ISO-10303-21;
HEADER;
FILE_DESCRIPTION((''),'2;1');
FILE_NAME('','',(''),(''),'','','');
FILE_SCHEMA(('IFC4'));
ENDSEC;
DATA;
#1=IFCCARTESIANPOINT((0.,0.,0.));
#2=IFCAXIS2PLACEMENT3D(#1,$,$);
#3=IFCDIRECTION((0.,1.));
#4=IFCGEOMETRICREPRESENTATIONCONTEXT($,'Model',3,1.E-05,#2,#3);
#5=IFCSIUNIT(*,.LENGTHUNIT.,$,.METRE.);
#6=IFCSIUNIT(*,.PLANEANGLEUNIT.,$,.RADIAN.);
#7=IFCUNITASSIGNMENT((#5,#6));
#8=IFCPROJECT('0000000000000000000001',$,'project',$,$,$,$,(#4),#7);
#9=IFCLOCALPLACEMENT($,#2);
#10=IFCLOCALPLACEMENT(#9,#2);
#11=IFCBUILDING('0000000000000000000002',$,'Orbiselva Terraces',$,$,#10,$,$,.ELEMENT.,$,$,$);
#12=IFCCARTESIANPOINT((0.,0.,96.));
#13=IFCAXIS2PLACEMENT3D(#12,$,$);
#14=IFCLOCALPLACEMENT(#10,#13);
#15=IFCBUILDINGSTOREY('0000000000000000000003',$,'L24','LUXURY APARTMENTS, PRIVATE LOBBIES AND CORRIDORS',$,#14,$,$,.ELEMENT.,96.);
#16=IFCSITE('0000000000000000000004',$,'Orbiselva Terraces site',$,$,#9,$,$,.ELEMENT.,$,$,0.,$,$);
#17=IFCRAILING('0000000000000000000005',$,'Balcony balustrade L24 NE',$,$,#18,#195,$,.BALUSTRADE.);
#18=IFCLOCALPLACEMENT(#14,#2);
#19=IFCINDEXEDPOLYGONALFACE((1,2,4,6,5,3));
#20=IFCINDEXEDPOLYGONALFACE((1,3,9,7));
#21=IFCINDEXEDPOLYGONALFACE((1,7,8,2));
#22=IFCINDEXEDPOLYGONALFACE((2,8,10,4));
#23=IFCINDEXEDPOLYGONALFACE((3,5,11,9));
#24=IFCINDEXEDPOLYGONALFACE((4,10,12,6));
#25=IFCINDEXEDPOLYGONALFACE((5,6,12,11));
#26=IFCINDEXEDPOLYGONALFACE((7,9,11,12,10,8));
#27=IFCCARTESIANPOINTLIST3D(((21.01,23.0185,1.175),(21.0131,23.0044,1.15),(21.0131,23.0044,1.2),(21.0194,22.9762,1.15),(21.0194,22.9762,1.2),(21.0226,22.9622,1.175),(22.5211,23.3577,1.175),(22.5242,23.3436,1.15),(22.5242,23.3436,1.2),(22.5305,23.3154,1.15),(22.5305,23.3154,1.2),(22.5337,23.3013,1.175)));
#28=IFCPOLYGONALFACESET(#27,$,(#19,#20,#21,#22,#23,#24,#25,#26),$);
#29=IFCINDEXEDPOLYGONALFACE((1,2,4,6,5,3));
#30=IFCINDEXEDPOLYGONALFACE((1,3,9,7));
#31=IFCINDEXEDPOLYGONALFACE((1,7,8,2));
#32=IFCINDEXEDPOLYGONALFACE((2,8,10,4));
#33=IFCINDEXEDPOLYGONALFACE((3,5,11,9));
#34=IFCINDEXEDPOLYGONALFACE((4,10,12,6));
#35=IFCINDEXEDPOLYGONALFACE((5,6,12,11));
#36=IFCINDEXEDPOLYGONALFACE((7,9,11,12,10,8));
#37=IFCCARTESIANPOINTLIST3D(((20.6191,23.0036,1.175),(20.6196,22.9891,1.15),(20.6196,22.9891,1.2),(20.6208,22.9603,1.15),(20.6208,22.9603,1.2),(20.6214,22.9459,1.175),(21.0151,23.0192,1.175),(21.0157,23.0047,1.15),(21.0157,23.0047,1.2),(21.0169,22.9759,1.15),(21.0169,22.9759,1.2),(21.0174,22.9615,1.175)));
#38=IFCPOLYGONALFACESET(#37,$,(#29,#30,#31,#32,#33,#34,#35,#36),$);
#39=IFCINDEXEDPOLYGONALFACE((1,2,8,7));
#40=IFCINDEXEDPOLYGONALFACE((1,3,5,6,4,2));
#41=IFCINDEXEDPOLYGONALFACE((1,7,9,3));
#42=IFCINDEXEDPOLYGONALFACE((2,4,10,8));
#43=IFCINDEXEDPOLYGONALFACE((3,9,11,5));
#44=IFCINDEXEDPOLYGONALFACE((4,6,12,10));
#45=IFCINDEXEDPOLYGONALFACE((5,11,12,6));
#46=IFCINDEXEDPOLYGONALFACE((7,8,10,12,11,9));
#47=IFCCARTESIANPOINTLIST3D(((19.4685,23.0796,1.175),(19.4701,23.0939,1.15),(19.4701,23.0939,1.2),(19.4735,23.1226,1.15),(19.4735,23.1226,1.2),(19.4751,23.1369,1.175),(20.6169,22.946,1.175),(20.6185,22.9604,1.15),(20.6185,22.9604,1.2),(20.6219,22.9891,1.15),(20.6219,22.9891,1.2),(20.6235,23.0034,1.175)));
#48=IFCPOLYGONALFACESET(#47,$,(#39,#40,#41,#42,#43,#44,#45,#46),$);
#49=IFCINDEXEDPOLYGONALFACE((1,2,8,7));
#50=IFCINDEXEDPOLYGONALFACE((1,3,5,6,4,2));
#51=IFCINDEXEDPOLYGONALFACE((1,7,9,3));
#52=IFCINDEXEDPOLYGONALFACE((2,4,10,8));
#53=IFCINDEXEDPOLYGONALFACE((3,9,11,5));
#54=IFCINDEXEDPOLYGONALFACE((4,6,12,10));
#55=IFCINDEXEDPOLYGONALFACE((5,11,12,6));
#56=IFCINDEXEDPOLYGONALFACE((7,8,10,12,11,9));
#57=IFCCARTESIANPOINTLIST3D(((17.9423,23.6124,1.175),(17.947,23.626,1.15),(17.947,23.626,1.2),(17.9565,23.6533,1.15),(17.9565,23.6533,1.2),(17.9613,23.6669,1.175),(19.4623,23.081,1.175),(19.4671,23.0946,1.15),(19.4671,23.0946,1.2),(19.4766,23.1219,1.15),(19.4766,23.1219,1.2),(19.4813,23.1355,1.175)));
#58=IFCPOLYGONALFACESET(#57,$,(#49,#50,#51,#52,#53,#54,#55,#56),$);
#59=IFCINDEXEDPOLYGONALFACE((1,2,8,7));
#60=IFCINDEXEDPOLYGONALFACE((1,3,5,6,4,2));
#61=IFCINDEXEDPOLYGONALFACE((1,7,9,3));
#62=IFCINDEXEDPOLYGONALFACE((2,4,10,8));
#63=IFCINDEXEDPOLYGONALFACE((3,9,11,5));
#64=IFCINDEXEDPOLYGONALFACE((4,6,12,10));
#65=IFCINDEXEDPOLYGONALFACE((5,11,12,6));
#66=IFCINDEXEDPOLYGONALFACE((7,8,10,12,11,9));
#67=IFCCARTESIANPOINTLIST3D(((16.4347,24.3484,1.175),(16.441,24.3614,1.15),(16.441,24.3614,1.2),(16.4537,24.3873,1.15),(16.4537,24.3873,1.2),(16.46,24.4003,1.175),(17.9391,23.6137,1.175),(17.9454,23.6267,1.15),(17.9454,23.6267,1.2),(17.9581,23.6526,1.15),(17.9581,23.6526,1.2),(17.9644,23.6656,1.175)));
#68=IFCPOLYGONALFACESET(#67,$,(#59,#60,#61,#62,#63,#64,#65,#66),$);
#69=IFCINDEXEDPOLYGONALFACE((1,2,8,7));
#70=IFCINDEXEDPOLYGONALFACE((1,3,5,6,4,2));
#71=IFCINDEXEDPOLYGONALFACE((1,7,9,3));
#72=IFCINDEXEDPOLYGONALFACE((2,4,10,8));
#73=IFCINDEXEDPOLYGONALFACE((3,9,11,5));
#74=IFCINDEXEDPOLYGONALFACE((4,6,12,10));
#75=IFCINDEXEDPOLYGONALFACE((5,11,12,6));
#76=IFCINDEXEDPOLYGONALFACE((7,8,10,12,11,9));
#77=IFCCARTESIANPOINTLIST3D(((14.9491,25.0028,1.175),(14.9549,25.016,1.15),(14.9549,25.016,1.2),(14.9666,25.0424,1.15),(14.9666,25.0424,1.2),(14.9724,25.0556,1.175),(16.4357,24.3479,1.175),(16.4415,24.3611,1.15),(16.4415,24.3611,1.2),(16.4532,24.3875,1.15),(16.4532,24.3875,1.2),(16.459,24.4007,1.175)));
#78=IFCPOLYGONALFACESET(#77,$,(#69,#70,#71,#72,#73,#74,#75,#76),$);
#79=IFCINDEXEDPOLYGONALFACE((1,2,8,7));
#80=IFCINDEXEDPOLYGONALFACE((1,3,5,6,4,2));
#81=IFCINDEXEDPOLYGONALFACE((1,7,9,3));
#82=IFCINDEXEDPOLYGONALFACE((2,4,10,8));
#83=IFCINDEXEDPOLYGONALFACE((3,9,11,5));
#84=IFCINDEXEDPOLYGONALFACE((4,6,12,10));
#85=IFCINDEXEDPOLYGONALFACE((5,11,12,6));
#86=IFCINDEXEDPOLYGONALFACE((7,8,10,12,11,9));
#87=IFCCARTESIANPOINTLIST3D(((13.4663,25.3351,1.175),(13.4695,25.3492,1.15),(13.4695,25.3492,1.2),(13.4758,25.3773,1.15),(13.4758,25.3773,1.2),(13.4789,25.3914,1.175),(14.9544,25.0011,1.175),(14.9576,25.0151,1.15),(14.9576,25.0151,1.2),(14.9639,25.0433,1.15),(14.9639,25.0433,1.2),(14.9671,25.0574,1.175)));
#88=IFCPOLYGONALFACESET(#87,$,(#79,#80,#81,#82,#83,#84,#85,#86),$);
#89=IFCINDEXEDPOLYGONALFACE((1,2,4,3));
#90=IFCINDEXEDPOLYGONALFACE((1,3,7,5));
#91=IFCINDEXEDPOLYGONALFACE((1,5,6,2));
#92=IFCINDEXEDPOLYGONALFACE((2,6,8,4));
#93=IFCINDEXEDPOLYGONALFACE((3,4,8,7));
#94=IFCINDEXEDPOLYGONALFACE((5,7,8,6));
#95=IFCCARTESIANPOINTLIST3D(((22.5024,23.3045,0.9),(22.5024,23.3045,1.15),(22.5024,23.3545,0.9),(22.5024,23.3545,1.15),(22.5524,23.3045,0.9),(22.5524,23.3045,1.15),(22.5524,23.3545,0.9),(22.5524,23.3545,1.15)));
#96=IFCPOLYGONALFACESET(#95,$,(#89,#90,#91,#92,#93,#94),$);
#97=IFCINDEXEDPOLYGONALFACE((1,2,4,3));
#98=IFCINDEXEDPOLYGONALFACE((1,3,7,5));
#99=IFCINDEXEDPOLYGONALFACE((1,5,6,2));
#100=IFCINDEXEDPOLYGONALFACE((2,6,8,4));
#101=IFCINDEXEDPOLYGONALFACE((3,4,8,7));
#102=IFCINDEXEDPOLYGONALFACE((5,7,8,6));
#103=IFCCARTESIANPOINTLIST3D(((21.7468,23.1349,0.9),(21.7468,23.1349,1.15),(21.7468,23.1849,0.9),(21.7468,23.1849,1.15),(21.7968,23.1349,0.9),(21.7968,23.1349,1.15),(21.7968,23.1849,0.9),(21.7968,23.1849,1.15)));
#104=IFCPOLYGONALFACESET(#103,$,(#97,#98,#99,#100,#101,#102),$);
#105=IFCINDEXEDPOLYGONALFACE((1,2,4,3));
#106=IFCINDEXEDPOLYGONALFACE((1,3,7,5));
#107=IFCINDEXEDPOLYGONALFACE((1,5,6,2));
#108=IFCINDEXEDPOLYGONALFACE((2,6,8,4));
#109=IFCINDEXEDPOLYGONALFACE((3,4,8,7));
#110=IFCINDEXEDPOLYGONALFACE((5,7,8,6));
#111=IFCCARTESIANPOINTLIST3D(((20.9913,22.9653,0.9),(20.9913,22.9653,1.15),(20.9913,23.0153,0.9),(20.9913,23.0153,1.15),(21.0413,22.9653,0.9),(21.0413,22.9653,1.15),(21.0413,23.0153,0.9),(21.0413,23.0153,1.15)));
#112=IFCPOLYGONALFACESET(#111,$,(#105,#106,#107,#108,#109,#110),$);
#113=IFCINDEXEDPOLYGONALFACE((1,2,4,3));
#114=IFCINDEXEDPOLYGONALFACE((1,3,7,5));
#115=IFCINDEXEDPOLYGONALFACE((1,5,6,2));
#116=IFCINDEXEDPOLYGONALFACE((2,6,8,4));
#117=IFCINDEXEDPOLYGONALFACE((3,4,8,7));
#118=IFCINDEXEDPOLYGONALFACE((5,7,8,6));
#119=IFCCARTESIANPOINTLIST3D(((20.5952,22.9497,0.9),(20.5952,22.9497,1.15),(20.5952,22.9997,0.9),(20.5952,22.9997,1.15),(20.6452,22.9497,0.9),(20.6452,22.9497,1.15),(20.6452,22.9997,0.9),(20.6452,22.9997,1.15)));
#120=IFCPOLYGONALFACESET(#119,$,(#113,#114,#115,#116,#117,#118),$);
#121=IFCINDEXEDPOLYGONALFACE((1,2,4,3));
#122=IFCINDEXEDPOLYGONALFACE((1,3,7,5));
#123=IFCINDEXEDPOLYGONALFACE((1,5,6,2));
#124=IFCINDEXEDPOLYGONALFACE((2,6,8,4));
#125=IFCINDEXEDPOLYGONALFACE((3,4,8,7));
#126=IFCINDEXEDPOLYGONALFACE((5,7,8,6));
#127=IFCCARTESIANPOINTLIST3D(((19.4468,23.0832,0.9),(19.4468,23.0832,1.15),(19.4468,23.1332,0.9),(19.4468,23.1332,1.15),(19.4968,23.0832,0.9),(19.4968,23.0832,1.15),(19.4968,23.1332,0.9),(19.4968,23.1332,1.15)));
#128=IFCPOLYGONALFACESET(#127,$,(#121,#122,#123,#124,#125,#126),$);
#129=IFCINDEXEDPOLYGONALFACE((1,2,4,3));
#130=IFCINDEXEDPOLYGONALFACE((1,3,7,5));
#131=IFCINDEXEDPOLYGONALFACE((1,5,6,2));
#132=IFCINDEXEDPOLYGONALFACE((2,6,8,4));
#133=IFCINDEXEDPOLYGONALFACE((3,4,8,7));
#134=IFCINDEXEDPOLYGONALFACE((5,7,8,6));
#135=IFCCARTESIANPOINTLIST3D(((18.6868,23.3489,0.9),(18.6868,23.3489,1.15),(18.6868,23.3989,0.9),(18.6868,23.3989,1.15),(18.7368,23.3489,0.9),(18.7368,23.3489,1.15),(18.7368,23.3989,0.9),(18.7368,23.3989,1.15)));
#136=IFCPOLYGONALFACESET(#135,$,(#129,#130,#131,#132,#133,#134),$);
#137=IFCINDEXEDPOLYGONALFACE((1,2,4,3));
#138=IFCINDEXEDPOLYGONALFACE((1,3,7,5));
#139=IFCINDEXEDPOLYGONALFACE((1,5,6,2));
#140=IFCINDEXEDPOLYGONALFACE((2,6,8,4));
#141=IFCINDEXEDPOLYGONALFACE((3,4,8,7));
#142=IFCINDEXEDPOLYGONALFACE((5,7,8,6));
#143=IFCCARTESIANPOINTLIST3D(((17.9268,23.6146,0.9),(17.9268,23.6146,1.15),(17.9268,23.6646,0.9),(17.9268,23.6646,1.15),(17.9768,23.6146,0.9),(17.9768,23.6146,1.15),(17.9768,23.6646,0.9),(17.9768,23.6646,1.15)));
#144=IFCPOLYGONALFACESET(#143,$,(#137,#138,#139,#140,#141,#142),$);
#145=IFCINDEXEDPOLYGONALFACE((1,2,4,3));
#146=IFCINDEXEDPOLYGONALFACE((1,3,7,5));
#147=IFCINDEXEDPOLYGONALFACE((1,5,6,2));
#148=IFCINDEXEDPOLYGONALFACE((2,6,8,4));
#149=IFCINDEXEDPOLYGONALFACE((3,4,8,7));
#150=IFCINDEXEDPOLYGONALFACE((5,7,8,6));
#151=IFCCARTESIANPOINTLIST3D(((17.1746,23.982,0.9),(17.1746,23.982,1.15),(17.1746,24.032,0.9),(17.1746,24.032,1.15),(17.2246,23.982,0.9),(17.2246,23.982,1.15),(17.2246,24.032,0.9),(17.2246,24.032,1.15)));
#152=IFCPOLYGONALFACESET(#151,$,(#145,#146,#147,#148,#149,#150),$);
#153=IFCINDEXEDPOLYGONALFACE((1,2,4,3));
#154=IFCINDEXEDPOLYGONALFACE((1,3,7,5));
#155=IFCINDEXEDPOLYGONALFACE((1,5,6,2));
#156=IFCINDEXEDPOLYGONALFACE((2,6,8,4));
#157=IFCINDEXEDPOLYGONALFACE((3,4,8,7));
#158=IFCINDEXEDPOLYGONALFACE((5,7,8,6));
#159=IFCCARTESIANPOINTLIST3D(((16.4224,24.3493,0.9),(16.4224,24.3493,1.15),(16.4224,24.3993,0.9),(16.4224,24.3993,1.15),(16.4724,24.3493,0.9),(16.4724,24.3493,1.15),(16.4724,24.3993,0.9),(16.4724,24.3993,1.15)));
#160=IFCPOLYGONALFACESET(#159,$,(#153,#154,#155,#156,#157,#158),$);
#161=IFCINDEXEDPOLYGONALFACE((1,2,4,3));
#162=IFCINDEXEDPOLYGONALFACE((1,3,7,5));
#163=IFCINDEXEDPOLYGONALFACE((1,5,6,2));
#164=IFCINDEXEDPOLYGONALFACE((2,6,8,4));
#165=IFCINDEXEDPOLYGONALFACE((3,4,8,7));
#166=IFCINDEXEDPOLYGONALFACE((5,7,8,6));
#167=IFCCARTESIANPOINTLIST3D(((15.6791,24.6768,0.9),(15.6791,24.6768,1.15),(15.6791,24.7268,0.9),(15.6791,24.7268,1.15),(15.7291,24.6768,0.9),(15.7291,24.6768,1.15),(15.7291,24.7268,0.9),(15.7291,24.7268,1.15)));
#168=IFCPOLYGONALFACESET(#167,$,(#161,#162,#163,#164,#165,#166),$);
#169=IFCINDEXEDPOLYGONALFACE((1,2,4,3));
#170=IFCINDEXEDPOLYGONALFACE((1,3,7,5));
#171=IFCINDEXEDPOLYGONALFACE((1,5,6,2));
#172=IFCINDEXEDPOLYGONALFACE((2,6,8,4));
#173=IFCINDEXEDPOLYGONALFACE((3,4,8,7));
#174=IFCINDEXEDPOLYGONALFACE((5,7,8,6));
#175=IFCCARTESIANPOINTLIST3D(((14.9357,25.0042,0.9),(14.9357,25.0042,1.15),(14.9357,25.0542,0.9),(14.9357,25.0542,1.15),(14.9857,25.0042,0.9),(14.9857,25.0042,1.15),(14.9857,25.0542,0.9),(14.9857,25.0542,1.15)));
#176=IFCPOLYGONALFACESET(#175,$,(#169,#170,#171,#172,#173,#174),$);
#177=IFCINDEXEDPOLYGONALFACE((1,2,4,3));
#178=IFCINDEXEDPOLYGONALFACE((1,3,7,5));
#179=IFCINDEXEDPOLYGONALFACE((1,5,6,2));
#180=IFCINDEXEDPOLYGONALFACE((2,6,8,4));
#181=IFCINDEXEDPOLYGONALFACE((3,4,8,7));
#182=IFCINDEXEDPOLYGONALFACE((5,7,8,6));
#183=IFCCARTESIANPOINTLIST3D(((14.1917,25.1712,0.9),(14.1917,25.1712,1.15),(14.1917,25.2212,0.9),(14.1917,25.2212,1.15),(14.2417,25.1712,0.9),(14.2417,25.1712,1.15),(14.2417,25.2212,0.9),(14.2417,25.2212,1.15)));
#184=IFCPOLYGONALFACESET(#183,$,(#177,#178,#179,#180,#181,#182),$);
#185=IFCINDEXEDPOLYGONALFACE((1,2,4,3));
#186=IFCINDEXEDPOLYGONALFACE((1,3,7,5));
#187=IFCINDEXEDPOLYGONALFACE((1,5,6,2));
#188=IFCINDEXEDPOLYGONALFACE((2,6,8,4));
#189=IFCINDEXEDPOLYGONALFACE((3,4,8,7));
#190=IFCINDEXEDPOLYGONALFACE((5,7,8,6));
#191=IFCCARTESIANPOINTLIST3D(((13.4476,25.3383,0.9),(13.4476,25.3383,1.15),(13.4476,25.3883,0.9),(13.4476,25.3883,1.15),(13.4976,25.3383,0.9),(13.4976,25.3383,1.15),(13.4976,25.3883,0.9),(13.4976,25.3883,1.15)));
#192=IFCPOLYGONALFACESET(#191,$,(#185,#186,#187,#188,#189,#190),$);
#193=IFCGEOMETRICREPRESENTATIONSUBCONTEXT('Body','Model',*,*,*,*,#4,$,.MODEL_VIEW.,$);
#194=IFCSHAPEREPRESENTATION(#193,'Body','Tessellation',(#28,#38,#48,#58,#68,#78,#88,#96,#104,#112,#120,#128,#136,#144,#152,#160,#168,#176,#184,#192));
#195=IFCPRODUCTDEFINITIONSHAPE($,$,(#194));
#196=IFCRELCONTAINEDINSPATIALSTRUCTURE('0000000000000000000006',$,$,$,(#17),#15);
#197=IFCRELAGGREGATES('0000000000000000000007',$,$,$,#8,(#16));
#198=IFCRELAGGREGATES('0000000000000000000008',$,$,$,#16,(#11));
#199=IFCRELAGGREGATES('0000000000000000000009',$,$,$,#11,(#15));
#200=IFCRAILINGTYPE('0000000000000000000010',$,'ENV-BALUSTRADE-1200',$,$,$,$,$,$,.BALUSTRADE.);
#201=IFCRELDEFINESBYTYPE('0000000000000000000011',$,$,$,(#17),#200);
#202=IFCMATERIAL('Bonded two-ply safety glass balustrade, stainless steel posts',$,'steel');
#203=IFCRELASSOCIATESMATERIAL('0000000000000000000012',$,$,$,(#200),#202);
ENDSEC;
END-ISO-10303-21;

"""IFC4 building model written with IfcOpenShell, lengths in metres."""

from ifc_helpers import new_model, si_unit, direction, frame, origin, origin_2d, place, context, subcontext, project, spatial, polyline, rectangle, outline, extrude, material, type_object, element, save


model = new_model("IFC4")

# Units and contexts
model_context = context("Model", 3, precision=1e-05, world=origin(), true_north=direction((0.0, 1.0)))
body_context = subcontext(model_context, "Body", "Model", "MODEL_VIEW")
ifc_project = project(units=[si_unit("LENGTHUNIT", "METRE"), si_unit("PLANEANGLEUNIT", "RADIAN")], contexts=[model_context])

# Site, building, storey
site_placement = place(None, origin())
site = spatial("IfcSite", under=ifc_project, at=site_placement, Name="Orbiselva Terraces site", CompositionType="ELEMENT", RefElevation=0.0)
building_placement = place(site_placement, origin())
building = spatial("IfcBuilding", under=site, at=building_placement, Name="Orbiselva Terraces", CompositionType="ELEMENT")
storey_placement = place(building_placement, frame((0.0, 0.0, 96.0)))
storey = spatial("IfcBuildingStorey", under=building, at=storey_placement, Name="L24", Description="LUXURY APARTMENTS, PRIVATE LOBBIES AND CORRIDORS", CompositionType="ELEMENT", Elevation=96.0)

# Railing
ifc_material_1 = material(Name="Bonded two-ply safety glass balustrade, stainless steel posts", Category="steel")
railing_type_1 = type_object("IfcRailingType", Name="ENV-BALUSTRADE-1200", PredefinedType="BALUSTRADE", material=ifc_material_1)
railing_1_placement = place(storey_placement, frame((22.5274, 23.3295, 0.9)))
element("IfcRailing", 1, at=railing_1_placement, inside=storey, type_object=railing_type_1, Name="Balcony balustrade L24 NE", PredefinedType="BALUSTRADE", context=body_context, shape_type="SweptSolid", body=[
    extrude(outline(polyline([(0.0289, 0.0), (0.0144, 0.025), (-0.0144, 0.025), (-0.0289, 0.0), (-0.0144, -0.025), (0.0144, -0.025), (0.0289, 0.0)])), frame((0.0, 0.0, 0.275), z_axis=(-0.975721, -0.219015, 0.0), x_axis=(0.219015, -0.975721, 0.0)), (0.0, 0.0, 1.0), 1.5487),
    extrude(outline(polyline([(0.0289, 0.0), (0.0144, 0.025), (-0.0144, 0.025), (-0.0289, 0.0), (-0.0144, -0.025), (0.0144, -0.025), (0.0289, 0.0)])), frame((-1.5111, -0.3392, 0.275), z_axis=(-0.999225, -0.039369, 0.0), x_axis=(0.039369, -0.999225, 0.0)), (0.0, 0.0, 1.0), 0.3964),
    extrude(outline(polyline([(0.0289, 0.0), (0.0144, 0.025), (-0.0144, 0.025), (-0.0289, 0.0), (-0.0144, -0.025), (0.0144, -0.025), (0.0289, 0.0)])), frame((-1.9072, -0.3548, 0.275), z_axis=(-0.99331, 0.115482, 0.0), x_axis=(-0.115482, -0.99331, 0.0)), (0.0, 0.0, 1.0), 1.1561),
    extrude(outline(polyline([(0.0289, 0.0), (0.0144, 0.025), (-0.0144, 0.025), (-0.0289, 0.0), (-0.0144, -0.025), (0.0144, -0.025), (0.0289, 0.0)])), frame((-3.0556, -0.2213, 0.275), z_axis=(-0.943972, 0.330025, 0.0), x_axis=(-0.330025, -0.943972, 0.0)), (0.0, 0.0, 1.0), 1.6103),
    extrude(outline(polyline([(0.0289, 0.0), (0.0144, 0.025), (-0.0144, 0.025), (-0.0289, 0.0), (-0.0144, -0.025), (0.0144, -0.025), (0.0289, 0.0)])), frame((-4.5756, 0.3101, 0.275), z_axis=(-0.898579, 0.438812, 0.0), x_axis=(-0.438812, -0.898579, 0.0)), (0.0, 0.0, 1.0), 1.6742),
    extrude(outline(polyline([(0.0289, 0.0), (0.0144, 0.025), (-0.0144, 0.025), (-0.0289, 0.0), (-0.0144, -0.025), (0.0144, -0.025), (0.0289, 0.0)])), frame((-6.08, 1.0448, 0.275), z_axis=(-0.915133, 0.403151, 0.0), x_axis=(-0.403151, -0.915133, 0.0)), (0.0, 0.0, 1.0), 1.6245),
    extrude(outline(polyline([(0.0289, 0.0), (0.0144, 0.025), (-0.0144, 0.025), (-0.0289, 0.0), (-0.0144, -0.025), (0.0144, -0.025), (0.0289, 0.0)])), frame((-7.5666, 1.6997, 0.275), z_axis=(-0.975721, 0.219016, 0.0), x_axis=(-0.219016, -0.975721, 0.0)), (0.0, 0.0, 1.0), 1.5252),
    extrude(rectangle(XDim=0.05, YDim=0.05, at=origin_2d()), origin(), (0.0, 0.0, 1.0), 0.25),
    extrude(rectangle(XDim=0.05, YDim=0.05, at=origin_2d()), frame((-0.7555, -0.1696, 0.0)), (0.0, 0.0, 1.0), 0.25),
    extrude(rectangle(XDim=0.05, YDim=0.05, at=origin_2d()), frame((-1.5111, -0.3392, 0.0)), (0.0, 0.0, 1.0), 0.25),
    extrude(rectangle(XDim=0.05, YDim=0.05, at=origin_2d()), frame((-1.9072, -0.3548, 0.0)), (0.0, 0.0, 1.0), 0.25),
    extrude(rectangle(XDim=0.05, YDim=0.05, at=origin_2d()), frame((-3.0556, -0.2213, 0.0)), (0.0, 0.0, 1.0), 0.25),
    extrude(rectangle(XDim=0.05, YDim=0.05, at=origin_2d()), frame((-3.8156, 0.0444, 0.0)), (0.0, 0.0, 1.0), 0.25),
    extrude(rectangle(XDim=0.05, YDim=0.05, at=origin_2d()), frame((-4.5756, 0.3101, 0.0)), (0.0, 0.0, 1.0), 0.25),
    extrude(rectangle(XDim=0.05, YDim=0.05, at=origin_2d()), frame((-5.3278, 0.6775, 0.0)), (0.0, 0.0, 1.0), 0.25),
    extrude(rectangle(XDim=0.05, YDim=0.05, at=origin_2d()), frame((-6.08, 1.0448, 0.0)), (0.0, 0.0, 1.0), 0.25),
    extrude(rectangle(XDim=0.05, YDim=0.05, at=origin_2d()), frame((-6.8233, 1.3723, 0.0)), (0.0, 0.0, 1.0), 0.25),
    extrude(rectangle(XDim=0.05, YDim=0.05, at=origin_2d()), frame((-7.5666, 1.6997, 0.0)), (0.0, 0.0, 1.0), 0.25),
    extrude(rectangle(XDim=0.05, YDim=0.05, at=origin_2d()), frame((-8.3107, 1.8667, 0.0)), (0.0, 0.0, 1.0), 0.25),
    extrude(rectangle(XDim=0.05, YDim=0.05, at=origin_2d()), frame((-9.0548, 2.0338, 0.0)), (0.0, 0.0, 1.0), 0.25),
])

save(model, "model.ifc")
